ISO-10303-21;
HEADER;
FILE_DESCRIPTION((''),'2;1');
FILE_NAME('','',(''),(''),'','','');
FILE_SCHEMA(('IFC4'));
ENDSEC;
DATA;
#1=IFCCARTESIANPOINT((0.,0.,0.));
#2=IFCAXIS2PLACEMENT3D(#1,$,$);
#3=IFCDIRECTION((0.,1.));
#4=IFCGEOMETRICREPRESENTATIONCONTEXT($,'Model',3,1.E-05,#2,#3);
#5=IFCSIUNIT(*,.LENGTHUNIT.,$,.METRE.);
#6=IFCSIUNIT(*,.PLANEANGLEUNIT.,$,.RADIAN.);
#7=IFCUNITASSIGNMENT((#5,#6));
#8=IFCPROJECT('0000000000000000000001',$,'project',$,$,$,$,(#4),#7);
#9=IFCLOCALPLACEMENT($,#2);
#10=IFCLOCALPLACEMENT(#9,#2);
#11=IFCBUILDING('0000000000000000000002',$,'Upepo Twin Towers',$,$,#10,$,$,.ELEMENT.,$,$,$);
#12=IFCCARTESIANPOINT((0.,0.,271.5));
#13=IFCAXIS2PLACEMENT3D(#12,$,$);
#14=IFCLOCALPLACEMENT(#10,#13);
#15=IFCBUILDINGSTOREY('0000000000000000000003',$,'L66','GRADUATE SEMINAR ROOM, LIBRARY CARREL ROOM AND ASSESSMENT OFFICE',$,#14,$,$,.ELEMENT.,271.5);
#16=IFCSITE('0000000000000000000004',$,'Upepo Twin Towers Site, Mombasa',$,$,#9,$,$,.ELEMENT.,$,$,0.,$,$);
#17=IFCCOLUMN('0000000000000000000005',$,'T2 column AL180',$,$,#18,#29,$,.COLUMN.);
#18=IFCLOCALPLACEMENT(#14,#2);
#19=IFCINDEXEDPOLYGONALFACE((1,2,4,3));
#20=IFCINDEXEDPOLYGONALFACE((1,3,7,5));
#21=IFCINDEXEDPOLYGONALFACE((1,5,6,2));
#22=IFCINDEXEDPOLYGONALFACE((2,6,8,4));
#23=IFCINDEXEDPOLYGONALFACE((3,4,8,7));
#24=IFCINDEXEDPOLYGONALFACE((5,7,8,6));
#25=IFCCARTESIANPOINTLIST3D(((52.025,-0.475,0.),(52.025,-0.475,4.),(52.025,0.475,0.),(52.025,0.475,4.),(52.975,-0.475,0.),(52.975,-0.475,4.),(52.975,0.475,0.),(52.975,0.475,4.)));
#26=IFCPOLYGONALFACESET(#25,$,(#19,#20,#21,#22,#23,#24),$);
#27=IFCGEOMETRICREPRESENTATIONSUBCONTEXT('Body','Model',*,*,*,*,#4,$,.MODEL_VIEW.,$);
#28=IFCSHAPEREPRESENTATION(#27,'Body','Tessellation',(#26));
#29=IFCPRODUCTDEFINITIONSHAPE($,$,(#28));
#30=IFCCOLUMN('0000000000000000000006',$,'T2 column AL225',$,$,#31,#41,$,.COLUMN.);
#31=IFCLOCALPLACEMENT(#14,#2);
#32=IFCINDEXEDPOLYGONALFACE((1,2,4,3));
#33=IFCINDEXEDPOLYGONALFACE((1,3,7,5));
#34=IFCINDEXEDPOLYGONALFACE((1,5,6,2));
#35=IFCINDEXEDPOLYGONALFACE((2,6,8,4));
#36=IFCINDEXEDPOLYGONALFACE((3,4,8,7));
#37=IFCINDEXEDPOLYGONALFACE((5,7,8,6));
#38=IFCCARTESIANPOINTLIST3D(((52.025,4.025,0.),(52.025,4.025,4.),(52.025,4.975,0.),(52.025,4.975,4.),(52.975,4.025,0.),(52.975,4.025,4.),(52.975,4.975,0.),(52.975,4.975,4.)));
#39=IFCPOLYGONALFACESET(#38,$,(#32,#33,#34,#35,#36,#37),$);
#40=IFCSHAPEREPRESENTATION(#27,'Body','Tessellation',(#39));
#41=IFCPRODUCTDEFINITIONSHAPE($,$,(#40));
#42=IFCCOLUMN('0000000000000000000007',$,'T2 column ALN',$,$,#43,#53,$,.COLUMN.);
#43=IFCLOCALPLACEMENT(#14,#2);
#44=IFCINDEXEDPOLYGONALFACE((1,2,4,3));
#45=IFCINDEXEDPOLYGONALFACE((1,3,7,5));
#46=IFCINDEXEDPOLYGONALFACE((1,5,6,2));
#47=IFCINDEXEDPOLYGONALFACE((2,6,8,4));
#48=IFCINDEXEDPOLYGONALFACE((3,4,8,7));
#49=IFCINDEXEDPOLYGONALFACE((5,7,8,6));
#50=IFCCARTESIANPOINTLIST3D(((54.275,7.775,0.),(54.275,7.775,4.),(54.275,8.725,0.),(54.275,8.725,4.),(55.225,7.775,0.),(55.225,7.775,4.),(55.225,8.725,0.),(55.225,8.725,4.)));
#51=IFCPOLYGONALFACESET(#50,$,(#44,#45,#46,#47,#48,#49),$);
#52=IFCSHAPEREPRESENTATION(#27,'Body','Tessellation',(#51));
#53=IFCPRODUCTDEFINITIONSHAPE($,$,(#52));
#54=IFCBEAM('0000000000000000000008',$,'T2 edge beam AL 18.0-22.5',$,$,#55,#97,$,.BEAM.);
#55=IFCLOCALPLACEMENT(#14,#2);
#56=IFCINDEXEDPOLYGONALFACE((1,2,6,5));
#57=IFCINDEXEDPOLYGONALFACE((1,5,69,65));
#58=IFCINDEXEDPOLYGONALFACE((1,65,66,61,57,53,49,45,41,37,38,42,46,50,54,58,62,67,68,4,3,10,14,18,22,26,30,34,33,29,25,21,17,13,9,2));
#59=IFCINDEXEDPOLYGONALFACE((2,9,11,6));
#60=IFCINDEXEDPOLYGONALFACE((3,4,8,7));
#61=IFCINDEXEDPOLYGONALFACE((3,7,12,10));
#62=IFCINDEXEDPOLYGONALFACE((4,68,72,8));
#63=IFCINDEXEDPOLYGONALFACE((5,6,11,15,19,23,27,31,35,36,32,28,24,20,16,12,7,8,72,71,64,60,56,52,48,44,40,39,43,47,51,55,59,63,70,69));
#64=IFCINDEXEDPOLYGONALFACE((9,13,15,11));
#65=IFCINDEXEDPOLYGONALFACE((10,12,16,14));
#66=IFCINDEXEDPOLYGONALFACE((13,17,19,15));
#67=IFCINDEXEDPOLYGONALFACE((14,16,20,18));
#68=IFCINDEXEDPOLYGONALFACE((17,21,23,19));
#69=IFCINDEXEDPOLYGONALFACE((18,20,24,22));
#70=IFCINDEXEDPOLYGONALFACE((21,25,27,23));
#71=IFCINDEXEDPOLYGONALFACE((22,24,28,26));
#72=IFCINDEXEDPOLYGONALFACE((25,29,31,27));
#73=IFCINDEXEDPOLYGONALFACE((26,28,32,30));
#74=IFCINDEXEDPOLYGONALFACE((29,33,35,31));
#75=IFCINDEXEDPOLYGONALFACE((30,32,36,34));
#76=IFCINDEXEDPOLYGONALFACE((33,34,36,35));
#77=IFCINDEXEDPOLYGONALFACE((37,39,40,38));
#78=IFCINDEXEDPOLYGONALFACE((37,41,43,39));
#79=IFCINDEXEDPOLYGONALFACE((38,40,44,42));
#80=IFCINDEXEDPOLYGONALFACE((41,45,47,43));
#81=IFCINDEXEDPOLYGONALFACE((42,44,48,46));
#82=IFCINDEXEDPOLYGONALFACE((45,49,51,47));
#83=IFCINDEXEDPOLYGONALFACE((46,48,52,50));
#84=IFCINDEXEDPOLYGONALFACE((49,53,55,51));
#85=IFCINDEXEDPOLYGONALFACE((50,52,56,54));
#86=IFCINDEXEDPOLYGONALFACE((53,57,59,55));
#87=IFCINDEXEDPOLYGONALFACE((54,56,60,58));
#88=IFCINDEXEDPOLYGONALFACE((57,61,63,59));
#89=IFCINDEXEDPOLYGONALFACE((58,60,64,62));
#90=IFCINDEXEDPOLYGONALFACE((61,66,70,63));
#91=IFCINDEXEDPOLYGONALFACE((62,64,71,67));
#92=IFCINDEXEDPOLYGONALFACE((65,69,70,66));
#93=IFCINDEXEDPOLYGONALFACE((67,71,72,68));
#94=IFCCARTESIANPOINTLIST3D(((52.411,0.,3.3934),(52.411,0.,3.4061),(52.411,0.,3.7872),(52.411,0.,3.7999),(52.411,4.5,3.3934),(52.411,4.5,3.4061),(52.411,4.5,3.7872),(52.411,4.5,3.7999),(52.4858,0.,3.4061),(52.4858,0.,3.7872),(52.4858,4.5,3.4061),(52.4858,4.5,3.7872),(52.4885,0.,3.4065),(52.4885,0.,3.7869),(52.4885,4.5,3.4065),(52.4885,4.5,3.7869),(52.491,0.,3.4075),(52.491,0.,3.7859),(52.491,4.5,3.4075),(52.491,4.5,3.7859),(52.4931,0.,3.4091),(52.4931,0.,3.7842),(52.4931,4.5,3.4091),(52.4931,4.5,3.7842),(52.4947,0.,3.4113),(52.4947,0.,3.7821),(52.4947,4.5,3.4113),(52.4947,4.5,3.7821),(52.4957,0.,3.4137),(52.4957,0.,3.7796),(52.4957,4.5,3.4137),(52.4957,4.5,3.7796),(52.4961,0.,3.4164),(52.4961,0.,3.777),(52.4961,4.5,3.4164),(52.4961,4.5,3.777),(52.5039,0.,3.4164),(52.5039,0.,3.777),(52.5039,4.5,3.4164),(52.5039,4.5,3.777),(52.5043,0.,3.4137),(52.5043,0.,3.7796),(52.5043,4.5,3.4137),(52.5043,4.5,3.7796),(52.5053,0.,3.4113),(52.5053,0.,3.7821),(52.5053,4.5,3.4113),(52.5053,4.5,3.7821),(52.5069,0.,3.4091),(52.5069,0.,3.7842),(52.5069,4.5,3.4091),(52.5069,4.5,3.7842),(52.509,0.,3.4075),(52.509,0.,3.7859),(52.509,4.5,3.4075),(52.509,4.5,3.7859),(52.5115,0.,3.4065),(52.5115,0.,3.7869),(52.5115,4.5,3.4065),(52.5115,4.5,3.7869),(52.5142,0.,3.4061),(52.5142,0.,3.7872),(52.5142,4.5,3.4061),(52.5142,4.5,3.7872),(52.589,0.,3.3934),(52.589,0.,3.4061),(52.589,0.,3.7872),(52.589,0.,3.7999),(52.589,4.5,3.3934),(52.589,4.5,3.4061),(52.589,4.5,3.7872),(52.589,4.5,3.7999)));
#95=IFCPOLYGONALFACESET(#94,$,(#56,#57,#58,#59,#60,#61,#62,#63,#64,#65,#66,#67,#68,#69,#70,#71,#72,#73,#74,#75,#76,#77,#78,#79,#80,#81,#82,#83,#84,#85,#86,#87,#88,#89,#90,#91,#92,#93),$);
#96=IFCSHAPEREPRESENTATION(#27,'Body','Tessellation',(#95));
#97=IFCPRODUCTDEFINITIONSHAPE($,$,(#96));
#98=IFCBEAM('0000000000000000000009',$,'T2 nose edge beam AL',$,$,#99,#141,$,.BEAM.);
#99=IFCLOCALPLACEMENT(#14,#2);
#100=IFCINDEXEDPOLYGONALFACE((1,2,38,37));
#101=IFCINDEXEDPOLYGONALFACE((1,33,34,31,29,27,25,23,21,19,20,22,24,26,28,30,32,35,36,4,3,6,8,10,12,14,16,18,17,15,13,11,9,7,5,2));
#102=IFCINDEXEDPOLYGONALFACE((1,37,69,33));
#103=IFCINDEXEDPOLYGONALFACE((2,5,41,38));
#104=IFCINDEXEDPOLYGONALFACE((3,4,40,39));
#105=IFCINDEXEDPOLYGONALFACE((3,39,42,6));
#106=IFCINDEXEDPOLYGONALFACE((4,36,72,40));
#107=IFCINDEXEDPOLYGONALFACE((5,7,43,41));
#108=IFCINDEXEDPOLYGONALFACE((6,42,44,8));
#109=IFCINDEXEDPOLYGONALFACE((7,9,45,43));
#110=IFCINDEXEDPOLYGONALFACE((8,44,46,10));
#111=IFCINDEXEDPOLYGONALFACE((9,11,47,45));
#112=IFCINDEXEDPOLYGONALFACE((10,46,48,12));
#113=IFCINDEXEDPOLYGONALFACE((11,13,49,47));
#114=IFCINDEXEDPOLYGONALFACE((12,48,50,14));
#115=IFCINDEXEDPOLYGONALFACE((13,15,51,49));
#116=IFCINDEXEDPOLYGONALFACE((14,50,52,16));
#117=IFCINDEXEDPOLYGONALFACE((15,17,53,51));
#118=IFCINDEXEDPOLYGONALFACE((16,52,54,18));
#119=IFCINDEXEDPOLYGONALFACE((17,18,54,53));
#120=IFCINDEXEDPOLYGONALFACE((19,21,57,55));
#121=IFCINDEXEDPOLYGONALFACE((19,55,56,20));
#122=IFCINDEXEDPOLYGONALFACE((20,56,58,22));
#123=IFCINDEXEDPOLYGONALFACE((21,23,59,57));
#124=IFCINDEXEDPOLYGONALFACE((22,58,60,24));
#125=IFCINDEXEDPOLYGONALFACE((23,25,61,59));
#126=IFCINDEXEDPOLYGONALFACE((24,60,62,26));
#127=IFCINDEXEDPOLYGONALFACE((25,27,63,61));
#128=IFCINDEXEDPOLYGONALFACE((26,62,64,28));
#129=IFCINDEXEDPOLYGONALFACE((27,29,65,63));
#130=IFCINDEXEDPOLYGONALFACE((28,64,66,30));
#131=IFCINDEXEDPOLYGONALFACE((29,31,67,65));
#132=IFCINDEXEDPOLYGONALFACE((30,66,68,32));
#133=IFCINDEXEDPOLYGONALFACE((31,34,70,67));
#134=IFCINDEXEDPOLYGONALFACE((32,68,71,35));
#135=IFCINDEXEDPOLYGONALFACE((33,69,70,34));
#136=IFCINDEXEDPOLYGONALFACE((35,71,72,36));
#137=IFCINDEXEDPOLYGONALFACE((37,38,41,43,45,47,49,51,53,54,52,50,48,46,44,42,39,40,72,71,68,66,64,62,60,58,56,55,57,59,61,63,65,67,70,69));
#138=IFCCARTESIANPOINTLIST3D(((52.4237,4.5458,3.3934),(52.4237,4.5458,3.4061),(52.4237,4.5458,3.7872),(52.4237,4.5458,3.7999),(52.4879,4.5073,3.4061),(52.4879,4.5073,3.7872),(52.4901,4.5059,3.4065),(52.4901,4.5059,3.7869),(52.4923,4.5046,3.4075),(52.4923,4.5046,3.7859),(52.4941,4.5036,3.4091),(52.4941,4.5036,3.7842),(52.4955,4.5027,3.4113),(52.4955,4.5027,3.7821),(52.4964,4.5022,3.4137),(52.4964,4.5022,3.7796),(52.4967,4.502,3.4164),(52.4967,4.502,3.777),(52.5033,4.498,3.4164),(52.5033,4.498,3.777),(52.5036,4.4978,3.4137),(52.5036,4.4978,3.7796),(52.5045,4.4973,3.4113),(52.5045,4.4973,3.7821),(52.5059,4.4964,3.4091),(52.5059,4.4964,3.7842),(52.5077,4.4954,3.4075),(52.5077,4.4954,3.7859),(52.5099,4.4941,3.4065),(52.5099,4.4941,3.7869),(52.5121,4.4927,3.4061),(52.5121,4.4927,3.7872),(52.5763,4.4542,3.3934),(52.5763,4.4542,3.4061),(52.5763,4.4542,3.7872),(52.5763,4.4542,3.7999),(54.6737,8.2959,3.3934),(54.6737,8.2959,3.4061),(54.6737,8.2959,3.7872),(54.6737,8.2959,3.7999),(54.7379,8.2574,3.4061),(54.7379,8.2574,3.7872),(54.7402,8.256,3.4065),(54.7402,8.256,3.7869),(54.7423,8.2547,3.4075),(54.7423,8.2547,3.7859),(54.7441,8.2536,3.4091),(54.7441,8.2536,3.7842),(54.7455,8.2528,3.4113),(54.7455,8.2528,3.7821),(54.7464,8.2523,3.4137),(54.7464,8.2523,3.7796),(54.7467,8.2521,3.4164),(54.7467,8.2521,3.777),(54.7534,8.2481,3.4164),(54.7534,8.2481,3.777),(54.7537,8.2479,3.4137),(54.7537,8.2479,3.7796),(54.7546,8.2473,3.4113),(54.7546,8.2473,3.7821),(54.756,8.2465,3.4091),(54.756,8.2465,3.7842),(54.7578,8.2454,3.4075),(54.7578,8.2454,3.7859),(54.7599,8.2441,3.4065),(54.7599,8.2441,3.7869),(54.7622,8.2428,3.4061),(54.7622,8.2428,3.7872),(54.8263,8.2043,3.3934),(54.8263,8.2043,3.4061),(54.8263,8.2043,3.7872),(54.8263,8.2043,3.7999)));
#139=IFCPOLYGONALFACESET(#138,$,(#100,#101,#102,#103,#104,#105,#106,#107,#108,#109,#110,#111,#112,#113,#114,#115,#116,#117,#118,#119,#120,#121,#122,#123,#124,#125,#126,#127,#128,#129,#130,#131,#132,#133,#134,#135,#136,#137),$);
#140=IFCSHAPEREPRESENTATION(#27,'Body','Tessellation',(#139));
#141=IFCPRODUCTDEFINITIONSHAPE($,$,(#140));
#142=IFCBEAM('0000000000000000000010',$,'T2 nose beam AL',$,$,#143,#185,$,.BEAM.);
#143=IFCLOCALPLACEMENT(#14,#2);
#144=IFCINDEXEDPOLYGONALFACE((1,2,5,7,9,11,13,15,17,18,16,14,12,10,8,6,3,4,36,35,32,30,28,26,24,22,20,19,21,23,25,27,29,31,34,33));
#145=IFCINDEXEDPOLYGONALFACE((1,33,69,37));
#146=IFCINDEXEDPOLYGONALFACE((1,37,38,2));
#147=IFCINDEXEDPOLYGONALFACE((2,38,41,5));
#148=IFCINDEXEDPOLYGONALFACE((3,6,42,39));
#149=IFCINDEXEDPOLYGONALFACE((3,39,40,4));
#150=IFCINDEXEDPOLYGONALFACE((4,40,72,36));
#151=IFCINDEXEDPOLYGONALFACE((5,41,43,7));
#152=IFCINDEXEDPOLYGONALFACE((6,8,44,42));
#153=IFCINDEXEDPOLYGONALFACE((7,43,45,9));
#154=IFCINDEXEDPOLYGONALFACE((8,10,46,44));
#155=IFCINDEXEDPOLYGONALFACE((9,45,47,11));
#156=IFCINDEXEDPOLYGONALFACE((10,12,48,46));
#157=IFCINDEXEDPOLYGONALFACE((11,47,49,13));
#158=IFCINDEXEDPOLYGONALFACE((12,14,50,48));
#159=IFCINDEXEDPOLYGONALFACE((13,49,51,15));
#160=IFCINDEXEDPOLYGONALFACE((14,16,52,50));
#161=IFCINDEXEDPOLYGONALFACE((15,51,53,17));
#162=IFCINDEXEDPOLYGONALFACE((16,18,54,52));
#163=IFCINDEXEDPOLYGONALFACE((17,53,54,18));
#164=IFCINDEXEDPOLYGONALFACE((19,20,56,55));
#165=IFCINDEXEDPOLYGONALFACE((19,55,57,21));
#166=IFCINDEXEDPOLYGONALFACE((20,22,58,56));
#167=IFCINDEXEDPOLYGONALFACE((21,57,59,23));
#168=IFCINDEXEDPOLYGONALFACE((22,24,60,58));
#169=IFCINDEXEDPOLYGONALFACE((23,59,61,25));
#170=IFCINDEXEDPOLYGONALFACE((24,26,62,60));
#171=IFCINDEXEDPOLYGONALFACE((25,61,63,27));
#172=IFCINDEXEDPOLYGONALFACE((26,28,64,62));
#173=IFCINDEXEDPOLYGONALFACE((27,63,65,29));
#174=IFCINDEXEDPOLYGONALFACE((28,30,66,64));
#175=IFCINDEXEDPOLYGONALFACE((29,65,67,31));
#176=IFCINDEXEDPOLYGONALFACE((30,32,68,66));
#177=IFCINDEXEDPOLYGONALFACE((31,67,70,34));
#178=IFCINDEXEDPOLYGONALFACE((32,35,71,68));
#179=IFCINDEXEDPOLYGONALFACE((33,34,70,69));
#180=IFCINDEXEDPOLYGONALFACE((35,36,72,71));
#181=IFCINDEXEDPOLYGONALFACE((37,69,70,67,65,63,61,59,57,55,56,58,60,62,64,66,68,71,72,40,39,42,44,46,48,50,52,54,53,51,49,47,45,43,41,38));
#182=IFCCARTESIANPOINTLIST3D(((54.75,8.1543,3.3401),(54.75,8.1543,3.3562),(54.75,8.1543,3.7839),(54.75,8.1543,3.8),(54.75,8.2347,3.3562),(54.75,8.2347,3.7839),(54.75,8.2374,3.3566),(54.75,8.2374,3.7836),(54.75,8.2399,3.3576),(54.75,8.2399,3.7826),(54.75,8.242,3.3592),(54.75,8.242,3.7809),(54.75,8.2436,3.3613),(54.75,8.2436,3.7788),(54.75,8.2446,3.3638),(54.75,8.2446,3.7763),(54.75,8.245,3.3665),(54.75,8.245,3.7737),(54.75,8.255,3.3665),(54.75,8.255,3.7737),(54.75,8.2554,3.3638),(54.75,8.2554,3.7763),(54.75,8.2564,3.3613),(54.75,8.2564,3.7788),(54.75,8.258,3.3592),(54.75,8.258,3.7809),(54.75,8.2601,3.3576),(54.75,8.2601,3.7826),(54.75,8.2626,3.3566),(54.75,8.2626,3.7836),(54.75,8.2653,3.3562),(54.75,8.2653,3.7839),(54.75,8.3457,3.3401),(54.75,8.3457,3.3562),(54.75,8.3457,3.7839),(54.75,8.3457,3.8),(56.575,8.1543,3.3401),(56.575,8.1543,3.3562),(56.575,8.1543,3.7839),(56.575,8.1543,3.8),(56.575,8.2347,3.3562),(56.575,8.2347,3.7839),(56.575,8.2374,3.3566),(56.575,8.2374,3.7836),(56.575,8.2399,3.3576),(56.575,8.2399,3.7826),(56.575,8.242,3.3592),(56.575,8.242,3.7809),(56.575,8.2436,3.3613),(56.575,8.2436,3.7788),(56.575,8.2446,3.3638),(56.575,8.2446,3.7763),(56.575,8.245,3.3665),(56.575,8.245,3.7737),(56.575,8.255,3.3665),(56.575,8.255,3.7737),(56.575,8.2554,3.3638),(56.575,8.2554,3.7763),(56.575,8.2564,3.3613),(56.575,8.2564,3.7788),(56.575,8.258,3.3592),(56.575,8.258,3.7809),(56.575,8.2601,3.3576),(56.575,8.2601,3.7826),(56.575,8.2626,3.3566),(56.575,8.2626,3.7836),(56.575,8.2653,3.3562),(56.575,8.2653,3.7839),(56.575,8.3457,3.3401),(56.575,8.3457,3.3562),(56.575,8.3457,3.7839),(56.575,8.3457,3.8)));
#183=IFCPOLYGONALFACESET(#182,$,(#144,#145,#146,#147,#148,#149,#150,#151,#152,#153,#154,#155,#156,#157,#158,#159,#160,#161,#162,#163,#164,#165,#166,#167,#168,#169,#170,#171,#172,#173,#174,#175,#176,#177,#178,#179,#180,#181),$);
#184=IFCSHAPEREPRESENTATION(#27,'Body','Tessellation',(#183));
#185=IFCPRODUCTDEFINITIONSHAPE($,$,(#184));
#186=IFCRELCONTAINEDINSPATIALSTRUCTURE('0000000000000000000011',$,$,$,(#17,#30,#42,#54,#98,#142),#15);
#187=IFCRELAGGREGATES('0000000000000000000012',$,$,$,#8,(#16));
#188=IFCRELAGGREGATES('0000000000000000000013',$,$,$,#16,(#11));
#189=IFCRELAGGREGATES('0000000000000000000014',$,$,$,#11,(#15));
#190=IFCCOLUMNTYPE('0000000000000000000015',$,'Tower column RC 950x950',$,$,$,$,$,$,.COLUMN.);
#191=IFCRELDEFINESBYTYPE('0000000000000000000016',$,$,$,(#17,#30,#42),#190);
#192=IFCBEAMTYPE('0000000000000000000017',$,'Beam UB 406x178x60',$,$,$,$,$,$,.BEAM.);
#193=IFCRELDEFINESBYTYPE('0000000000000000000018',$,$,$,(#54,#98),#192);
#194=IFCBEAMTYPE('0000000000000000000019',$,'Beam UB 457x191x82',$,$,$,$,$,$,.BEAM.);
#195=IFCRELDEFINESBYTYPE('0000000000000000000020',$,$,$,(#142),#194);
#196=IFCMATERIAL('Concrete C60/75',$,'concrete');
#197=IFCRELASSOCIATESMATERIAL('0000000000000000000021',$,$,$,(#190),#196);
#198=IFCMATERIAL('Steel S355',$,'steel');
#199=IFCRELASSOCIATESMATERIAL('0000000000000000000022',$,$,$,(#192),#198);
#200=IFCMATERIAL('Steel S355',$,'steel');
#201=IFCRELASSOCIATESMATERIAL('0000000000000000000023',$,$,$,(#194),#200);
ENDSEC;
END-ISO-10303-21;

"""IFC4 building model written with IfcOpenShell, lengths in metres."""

from ifc_helpers import new_model, si_unit, direction, frame, origin, origin_2d, place, context, subcontext, project, spatial, rectangle, i_section, extrude, material, material_profile, profile_set, type_object, element, save


model = new_model("IFC4")

# Units and contexts
model_context = context("Model", 3, precision=1e-05, world=origin(), true_north=direction((0.0, 1.0)))
body_context = subcontext(model_context, "Body", "Model", "MODEL_VIEW")
ifc_project = project(units=[si_unit("LENGTHUNIT", "METRE"), si_unit("PLANEANGLEUNIT", "RADIAN")], contexts=[model_context])

# Site, building, storey
site_placement = place(None, origin())
site = spatial("IfcSite", under=ifc_project, at=site_placement, Name="Upepo Twin Towers Site, Mombasa", CompositionType="ELEMENT", RefElevation=0.0)
building_placement = place(site_placement, origin())
building = spatial("IfcBuilding", under=site, at=building_placement, Name="Upepo Twin Towers", CompositionType="ELEMENT")
storey_placement = place(building_placement, frame((0.0, 0.0, 271.5)))
storey = spatial("IfcBuildingStorey", under=building, at=storey_placement, Name="L66", Description="GRADUATE SEMINAR ROOM, LIBRARY CARREL ROOM AND ASSESSMENT OFFICE", CompositionType="ELEMENT", Elevation=271.5)

# Columns
ifc_material_1 = material(Name="Concrete C60/75", Category="concrete")
ifc_material_profile_1 = material_profile(ifc_material_1, rectangle(XDim=0.95, YDim=0.95, at=origin_2d()), Name="RC 950x950")
ifc_profile_set_1 = profile_set([ifc_material_profile_1], Name="Concrete C60/75")
column_type = type_object("IfcColumnType", Name="Tower column RC 950x950", PredefinedType="COLUMN", material=ifc_profile_set_1)
for number, where, z_axis, x_axis, name in (
    (1, (52.5, 0.0, 0.0), (0.0, 0.0, 1.0), (1.0, 0.0, 0.0), "T2 column AL180"),
    (2, (52.5, 4.5, 0.0), (0.0, 0.0, 1.0), (1.0, 0.0, 0.0), "T2 column AL225"),
    (3, (54.75, 8.25, 0.0), (0.0, 0.0, 1.0), (1.0, 0.0, 0.0), "T2 column ALN"),
):
    element("IfcColumn", number, at=place(storey_placement, frame(where, z_axis=z_axis, x_axis=x_axis)), inside=storey, type_object=column_type, Name=name, PredefinedType="COLUMN", context=body_context, shape_type="SweptSolid", body=[
        extrude(rectangle(XDim=0.95, YDim=0.95, at=origin_2d()), origin(), (0.0, 0.0, 1.0), 4.0),
    ])

# Beams
ifc_material_2 = material(Name="Steel S355", Category="steel")
ifc_material_profile_2 = material_profile(ifc_material_2, i_section(OverallWidth=0.178, OverallDepth=0.4065, WebThickness=0.0078, FlangeThickness=0.0127, FilletRadius=0.0103, at=origin_2d()), Name="UB 406x178x60")
ifc_profile_set_2 = profile_set([ifc_material_profile_2], Name="Steel S355")
beam_type_1 = type_object("IfcBeamType", Name="Beam UB 406x178x60", PredefinedType="BEAM", material=ifc_profile_set_2)
beam_1_placement = place(storey_placement, frame((52.5, 0.0, 3.5967), z_axis=(0.0, 1.0, 0.0), x_axis=(-1.0, 0.0, 0.0)))
element("IfcBeam", 4, at=beam_1_placement, inside=storey, type_object=beam_type_1, Name="T2 edge beam AL 18.0-22.5", PredefinedType="BEAM", context=body_context, shape_type="SweptSolid", body=[
    extrude(i_section(OverallWidth=0.178, OverallDepth=0.4065, WebThickness=0.0078, FlangeThickness=0.0127, FilletRadius=0.0103, at=origin_2d()), origin(), (0.0, 0.0, 1.0), 4.5),
])
beam_2_placement = place(storey_placement, frame((52.5, 4.5, 3.5967), z_axis=(0.514496, 0.857493, 0.0), x_axis=(-0.857493, 0.514496, 0.0)))
element("IfcBeam", 5, at=beam_2_placement, inside=storey, type_object=beam_type_1, Name="T2 nose edge beam AL", PredefinedType="BEAM", context=body_context, shape_type="SweptSolid", body=[
    extrude(i_section(OverallWidth=0.178, OverallDepth=0.4065, WebThickness=0.0078, FlangeThickness=0.0127, FilletRadius=0.0103, at=origin_2d()), origin(), (0.0, 0.0, 1.0), 4.3733),
])
ifc_material_3 = material(Name="Steel S355", Category="steel")
ifc_material_profile_3 = material_profile(ifc_material_3, i_section(OverallWidth=0.1914, OverallDepth=0.46, WebThickness=0.01, FlangeThickness=0.0161, FilletRadius=0.0103, at=origin_2d()), Name="UB 457x191x82")
ifc_profile_set_3 = profile_set([ifc_material_profile_3], Name="Steel S355")
beam_type_2 = type_object("IfcBeamType", Name="Beam UB 457x191x82", PredefinedType="BEAM", material=ifc_profile_set_3)
beam_3_placement = place(storey_placement, frame((54.75, 8.25, 3.5701), z_axis=(1.0, 0.0, 0.0), x_axis=(0.0, 1.0, 0.0)))
element("IfcBeam", 6, at=beam_3_placement, inside=storey, type_object=beam_type_2, Name="T2 nose beam AL", PredefinedType="BEAM", context=body_context, shape_type="SweptSolid", body=[
    extrude(i_section(OverallWidth=0.1914, OverallDepth=0.46, WebThickness=0.01, FlangeThickness=0.0161, FilletRadius=0.0103, at=origin_2d()), origin(), (0.0, 0.0, 1.0), 1.825),
])

save(model, "model.ifc")
